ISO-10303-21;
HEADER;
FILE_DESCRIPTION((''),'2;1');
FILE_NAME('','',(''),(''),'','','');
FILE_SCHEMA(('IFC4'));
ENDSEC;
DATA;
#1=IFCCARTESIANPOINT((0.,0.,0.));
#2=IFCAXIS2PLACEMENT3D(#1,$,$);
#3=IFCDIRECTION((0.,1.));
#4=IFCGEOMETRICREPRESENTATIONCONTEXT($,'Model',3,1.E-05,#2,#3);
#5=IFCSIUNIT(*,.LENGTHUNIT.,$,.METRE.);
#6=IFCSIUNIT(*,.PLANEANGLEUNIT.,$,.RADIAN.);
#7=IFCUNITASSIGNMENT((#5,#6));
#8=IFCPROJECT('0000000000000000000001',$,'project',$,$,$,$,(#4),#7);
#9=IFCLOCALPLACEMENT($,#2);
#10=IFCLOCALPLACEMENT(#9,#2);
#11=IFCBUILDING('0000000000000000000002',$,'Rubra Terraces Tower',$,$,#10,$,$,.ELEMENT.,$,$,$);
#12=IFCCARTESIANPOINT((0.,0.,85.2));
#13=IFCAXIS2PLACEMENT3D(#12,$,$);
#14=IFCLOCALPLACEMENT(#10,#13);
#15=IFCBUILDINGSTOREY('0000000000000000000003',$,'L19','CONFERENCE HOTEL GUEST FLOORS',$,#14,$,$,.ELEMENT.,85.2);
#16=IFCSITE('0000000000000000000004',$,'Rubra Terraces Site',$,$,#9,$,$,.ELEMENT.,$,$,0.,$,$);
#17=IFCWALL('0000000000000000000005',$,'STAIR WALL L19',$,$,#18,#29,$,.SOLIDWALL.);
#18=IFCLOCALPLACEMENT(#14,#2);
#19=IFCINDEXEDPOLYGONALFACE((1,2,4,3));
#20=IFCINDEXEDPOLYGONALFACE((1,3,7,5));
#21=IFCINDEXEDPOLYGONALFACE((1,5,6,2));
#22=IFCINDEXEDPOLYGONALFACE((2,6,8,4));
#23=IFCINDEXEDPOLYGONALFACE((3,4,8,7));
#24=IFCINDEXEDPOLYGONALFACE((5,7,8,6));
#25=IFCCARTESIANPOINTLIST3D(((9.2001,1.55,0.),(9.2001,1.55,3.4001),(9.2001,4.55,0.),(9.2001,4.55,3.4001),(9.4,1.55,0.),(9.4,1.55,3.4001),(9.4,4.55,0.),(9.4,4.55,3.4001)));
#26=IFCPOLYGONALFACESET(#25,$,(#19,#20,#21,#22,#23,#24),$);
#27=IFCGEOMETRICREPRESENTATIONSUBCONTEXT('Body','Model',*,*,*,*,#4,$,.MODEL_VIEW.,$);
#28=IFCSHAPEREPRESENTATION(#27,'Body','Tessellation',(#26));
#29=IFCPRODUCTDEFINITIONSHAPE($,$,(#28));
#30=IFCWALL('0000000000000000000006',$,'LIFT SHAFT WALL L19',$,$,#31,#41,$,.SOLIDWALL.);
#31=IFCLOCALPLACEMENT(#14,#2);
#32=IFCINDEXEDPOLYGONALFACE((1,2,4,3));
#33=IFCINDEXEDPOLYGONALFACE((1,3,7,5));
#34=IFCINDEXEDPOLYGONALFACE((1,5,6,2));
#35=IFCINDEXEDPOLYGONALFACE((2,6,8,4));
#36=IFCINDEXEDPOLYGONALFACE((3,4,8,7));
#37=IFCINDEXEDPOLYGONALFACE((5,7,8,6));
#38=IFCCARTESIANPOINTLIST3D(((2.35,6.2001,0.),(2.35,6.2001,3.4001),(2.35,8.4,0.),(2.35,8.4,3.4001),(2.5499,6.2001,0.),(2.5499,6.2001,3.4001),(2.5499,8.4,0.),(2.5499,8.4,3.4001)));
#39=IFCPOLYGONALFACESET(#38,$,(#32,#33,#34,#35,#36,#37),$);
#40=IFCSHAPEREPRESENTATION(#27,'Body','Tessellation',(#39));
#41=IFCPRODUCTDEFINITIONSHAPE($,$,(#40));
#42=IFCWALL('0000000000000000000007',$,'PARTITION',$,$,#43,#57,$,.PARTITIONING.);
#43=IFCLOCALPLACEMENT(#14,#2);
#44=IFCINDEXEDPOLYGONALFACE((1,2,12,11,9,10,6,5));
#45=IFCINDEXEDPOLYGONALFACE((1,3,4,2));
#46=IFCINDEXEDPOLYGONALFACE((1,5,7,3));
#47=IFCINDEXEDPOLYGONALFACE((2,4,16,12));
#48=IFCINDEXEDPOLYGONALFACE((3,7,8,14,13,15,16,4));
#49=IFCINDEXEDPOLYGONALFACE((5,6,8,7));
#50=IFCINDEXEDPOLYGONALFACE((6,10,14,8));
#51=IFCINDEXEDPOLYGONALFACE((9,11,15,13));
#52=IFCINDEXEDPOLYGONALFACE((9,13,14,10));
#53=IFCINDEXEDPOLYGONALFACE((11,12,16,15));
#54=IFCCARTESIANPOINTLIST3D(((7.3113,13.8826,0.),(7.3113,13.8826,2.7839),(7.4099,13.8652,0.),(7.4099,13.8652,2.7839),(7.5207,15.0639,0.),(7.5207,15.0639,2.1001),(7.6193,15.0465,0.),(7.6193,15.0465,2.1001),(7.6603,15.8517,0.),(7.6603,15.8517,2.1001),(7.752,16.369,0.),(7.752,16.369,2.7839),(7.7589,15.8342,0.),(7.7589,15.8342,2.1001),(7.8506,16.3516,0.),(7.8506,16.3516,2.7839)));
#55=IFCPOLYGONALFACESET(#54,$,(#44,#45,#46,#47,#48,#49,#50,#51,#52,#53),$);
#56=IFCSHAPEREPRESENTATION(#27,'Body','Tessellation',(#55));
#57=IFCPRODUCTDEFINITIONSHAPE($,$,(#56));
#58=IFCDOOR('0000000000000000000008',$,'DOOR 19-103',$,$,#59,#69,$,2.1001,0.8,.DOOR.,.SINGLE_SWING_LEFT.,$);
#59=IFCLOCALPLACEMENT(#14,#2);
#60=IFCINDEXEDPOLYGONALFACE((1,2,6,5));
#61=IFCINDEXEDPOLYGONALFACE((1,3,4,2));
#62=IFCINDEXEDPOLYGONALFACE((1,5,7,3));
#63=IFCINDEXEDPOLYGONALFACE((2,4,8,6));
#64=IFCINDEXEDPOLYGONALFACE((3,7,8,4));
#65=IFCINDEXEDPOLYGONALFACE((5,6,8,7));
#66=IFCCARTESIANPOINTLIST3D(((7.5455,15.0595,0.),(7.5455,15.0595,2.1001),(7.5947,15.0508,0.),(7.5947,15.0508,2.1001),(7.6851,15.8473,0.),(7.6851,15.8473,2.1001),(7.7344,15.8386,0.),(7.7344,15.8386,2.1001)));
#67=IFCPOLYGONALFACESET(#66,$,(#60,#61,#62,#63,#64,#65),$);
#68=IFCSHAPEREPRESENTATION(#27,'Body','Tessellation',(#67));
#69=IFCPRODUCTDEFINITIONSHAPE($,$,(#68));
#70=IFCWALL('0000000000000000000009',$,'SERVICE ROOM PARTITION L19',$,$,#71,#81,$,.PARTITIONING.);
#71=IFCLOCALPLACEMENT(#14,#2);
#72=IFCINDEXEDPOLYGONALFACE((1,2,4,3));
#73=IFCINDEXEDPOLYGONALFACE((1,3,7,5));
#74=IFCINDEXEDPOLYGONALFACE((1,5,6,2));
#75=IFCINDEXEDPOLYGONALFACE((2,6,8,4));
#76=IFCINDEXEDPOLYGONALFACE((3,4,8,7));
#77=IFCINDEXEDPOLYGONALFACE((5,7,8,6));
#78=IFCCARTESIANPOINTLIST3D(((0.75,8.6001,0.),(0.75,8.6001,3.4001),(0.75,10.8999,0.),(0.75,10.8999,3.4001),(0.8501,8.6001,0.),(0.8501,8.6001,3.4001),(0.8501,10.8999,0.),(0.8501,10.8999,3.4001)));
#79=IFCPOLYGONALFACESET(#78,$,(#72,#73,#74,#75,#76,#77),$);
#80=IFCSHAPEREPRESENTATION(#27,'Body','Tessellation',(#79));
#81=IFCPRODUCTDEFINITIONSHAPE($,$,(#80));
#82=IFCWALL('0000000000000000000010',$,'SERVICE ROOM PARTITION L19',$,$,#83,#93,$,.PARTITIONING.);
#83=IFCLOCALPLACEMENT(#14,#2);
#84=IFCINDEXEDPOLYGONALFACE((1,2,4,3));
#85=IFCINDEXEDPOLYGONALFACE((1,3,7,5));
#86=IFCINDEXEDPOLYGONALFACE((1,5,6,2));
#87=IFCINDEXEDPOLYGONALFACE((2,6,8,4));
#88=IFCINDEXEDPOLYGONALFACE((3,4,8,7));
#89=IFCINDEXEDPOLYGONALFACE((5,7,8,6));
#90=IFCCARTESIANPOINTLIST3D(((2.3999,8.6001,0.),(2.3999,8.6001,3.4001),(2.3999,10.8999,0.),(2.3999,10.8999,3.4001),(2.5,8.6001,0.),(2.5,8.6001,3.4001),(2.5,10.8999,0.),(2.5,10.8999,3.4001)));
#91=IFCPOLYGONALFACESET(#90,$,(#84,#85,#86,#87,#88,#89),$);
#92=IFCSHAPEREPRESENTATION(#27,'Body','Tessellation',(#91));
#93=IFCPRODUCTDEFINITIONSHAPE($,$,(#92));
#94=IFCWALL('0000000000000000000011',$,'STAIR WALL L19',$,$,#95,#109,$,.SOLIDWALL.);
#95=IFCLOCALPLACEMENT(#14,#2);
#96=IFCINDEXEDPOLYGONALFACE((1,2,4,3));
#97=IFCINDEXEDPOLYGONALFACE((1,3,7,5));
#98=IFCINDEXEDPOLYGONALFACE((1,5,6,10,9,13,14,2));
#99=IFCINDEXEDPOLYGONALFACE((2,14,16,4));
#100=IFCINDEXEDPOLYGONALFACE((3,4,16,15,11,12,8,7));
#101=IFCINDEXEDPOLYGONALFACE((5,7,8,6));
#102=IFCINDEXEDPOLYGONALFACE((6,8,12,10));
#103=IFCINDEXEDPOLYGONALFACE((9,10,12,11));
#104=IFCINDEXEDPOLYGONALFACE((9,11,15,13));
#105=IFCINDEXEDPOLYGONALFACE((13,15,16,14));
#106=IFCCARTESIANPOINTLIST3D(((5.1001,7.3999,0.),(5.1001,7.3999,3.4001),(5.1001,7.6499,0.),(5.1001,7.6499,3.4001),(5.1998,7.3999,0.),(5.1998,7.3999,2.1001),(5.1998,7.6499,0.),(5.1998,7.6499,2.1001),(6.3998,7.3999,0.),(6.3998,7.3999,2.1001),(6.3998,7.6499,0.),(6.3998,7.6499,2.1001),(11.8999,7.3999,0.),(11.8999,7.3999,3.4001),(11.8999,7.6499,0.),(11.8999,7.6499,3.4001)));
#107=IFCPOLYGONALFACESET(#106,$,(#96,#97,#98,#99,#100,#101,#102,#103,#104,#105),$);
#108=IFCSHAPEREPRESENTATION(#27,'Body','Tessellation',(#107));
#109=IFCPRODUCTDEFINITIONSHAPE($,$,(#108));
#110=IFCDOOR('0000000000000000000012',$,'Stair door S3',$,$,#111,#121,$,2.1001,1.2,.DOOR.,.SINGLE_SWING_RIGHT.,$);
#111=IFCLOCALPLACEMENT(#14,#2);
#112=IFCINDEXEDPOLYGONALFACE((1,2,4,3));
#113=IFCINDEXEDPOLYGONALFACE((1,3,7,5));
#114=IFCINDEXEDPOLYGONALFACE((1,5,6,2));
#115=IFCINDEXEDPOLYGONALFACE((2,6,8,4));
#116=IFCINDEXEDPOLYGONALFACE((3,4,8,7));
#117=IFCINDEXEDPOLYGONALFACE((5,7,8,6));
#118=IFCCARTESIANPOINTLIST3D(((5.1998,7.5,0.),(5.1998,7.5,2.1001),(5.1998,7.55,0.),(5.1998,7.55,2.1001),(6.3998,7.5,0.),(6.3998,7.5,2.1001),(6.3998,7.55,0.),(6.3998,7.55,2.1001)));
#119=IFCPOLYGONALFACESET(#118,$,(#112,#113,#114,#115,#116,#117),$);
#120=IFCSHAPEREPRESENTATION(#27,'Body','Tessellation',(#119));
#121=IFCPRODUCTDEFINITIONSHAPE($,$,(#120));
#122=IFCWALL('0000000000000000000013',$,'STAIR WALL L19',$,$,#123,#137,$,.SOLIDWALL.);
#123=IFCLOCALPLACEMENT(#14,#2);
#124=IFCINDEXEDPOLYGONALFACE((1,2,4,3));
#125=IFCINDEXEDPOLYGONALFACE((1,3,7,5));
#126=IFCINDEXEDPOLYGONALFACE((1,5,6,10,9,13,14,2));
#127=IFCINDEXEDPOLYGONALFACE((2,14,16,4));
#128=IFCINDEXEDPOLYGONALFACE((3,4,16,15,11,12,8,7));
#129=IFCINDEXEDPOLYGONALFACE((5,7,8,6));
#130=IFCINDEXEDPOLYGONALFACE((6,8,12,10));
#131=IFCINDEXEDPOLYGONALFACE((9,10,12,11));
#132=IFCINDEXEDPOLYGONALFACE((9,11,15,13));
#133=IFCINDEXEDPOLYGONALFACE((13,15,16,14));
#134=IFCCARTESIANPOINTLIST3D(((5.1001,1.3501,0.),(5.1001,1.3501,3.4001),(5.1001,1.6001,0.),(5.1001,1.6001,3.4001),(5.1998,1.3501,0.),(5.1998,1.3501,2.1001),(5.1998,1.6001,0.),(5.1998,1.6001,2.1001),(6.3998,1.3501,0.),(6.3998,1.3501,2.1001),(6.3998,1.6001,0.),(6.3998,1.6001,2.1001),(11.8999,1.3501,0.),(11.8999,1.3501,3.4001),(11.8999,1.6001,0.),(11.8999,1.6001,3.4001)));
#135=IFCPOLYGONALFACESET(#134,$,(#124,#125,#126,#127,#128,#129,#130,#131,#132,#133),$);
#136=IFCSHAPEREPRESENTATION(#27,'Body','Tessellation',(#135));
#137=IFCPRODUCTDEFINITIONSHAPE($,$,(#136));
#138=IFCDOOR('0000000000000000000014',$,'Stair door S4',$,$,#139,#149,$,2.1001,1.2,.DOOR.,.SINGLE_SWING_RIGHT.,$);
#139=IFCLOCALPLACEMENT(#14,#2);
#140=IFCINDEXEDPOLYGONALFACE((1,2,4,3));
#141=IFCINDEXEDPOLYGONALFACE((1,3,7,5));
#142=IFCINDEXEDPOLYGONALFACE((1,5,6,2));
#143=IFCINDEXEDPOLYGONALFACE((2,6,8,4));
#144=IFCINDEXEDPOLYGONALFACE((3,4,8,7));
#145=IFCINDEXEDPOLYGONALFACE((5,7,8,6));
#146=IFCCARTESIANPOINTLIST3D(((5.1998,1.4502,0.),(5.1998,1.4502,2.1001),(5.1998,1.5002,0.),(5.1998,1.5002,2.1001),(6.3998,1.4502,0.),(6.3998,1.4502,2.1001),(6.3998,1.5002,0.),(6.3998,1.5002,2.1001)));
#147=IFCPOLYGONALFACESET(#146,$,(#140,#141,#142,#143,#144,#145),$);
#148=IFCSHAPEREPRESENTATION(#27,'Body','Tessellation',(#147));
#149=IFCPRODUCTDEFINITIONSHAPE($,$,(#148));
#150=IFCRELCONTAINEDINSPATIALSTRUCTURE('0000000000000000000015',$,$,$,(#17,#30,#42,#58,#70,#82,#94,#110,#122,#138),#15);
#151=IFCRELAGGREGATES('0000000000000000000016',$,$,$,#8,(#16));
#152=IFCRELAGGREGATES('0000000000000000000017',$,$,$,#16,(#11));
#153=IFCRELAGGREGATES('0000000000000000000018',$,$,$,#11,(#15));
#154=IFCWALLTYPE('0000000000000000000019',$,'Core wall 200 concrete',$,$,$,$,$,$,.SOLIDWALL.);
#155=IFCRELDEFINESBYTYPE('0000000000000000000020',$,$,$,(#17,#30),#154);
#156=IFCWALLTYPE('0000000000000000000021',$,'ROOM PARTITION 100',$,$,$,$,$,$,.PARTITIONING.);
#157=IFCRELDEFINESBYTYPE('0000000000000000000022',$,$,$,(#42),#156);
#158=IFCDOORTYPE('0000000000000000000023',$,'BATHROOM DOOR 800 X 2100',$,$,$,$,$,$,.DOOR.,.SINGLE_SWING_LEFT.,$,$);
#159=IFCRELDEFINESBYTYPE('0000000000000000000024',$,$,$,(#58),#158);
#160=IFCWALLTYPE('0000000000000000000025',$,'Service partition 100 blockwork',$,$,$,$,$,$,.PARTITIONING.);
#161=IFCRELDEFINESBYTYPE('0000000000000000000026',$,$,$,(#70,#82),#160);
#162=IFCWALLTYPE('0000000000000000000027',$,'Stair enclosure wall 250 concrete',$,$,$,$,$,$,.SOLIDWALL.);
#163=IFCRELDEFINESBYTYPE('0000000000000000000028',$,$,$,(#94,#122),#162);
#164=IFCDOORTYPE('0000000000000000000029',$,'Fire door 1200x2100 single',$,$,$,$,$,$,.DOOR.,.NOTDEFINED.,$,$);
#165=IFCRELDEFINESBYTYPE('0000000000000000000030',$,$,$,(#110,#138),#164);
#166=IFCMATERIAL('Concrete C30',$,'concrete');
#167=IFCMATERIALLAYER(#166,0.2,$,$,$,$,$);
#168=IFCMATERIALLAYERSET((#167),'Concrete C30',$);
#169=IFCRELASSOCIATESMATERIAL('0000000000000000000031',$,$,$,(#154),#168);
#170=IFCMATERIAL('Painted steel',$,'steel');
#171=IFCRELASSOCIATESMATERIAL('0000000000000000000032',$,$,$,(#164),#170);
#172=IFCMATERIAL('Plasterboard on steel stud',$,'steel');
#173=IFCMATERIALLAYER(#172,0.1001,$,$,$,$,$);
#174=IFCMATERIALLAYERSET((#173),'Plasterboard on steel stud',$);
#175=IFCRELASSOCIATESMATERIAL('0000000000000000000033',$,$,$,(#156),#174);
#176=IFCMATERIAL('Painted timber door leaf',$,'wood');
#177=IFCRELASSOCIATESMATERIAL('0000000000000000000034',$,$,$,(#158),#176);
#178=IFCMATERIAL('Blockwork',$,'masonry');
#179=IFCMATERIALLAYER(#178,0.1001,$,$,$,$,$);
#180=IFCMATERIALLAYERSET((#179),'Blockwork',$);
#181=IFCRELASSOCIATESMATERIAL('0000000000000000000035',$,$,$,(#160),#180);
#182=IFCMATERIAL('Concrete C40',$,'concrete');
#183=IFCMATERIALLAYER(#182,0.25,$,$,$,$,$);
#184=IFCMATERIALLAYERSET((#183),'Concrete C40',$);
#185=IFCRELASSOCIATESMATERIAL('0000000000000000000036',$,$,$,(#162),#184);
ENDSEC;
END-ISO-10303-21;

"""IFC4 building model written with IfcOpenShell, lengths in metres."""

from ifc_helpers import new_model, si_unit, direction, frame, frame_2d, origin, place, context, subcontext, project, spatial, rectangle, extrude, material, layer, layer_set, type_object, element, fill, save


model = new_model("IFC4")

# Units and contexts
model_context = context("Model", 3, precision=1e-05, world=origin(), true_north=direction((0.0, 1.0)))
body_context = subcontext(model_context, "Body", "Model", "MODEL_VIEW")
ifc_project = project(units=[si_unit("LENGTHUNIT", "METRE"), si_unit("PLANEANGLEUNIT", "RADIAN")], contexts=[model_context])

# Site, building, storey
site_placement = place(None, origin())
site = spatial("IfcSite", under=ifc_project, at=site_placement, Name="Rubra Terraces Site", CompositionType="ELEMENT", RefElevation=0.0)
building_placement = place(site_placement, origin())
building = spatial("IfcBuilding", under=site, at=building_placement, Name="Rubra Terraces Tower", CompositionType="ELEMENT")
storey_placement = place(building_placement, frame((0.0, 0.0, 85.2)))
storey = spatial("IfcBuildingStorey", under=building, at=storey_placement, Name="L19", Description="CONFERENCE HOTEL GUEST FLOORS", CompositionType="ELEMENT", Elevation=85.2)

# Shared definitions
ifc_material_1 = material(Name="Painted timber door leaf", Category="wood")

# Shared definitions
ifc_material_2 = material(Name="Concrete C40", Category="concrete")

# Shared definitions
ifc_material_3 = material(Name="Concrete C30", Category="concrete")
ifc_layer_1 = layer(ifc_material_3, 0.2)
ifc_layer_set_1 = layer_set([ifc_layer_1], Name="Concrete C30")
wall_type_1 = type_object("IfcWallType", Name="Core wall 200 concrete", PredefinedType="SOLIDWALL", material=ifc_layer_set_1)
ifc_material_4 = material(Name="Painted steel", Category="steel")
door_type_1 = type_object("IfcDoorType", Name="Fire door 1200x2100 single", OperationType="NOTDEFINED", PredefinedType="DOOR", material=ifc_material_4)

# Walls
wall_1_placement = place(storey_placement, frame((9.3, 4.55, 0.0), z_axis=(0.0, 0.0, 1.0), x_axis=(0.0, -1.0, 0.0)))
element("IfcWall", 1, at=wall_1_placement, inside=storey, type_object=wall_type_1, Name="STAIR WALL L19", PredefinedType="SOLIDWALL", context=body_context, shape_type="SweptSolid", body=[
    extrude(rectangle(XDim=3.0, YDim=0.2, at=frame_2d((1.5, 0.0))), origin(), (0.0, 0.0, 1.0), 3.4001),
])
wall_2_placement = place(storey_placement, frame((2.45, 6.2, 0.0), z_axis=(0.0, 0.0, 1.0), x_axis=(0.0, 1.0, 0.0)))
element("IfcWall", 2, at=wall_2_placement, inside=storey, type_object=wall_type_1, Name="LIFT SHAFT WALL L19", PredefinedType="SOLIDWALL", context=body_context, shape_type="SweptSolid", body=[
    extrude(rectangle(XDim=2.2, YDim=0.2, at=frame_2d((1.1001, 0.0))), origin(), (0.0, 0.0, 1.0), 3.4001),
])

# Wall, opening, door
ifc_material_5 = material(Name="Plasterboard on steel stud", Category="steel")
ifc_layer_2 = layer(ifc_material_5, 0.1001)
ifc_layer_set_2 = layer_set([ifc_layer_2], Name="Plasterboard on steel stud")
wall_type_2 = type_object("IfcWallType", Name="ROOM PARTITION 100", PredefinedType="PARTITIONING", material=ifc_layer_set_2)
wall_3_placement = place(storey_placement, frame((7.3606, 13.8738, 0.0), z_axis=(0.0, 0.0, 1.0), x_axis=(0.174519, 0.984654, 0.0)))
wall_3 = element("IfcWall", 3, at=wall_3_placement, inside=storey, type_object=wall_type_2, Name="PARTITION", PredefinedType="PARTITIONING", context=body_context, shape_type="SweptSolid", body=[
    extrude(rectangle(XDim=2.5251, YDim=0.1001, at=frame_2d((1.2627, 0.0))), origin(), (0.0, 0.0, 1.0), 2.7839),
])
opening_1_placement = place(wall_3_placement, frame((1.2, 0.0, 0.0)))
opening_1 = element("IfcOpeningElement", 4, at=opening_1_placement, cuts=wall_3, PredefinedType="OPENING", context=body_context, shape_type="SweptSolid", body=[
    extrude(rectangle(XDim=0.8, YDim=2.1001, at=frame_2d((0.3999, 1.05))), frame((0.0, 0.0601, 0.0), z_axis=(0.0, -1.0, 0.0), x_axis=(1.0, 0.0, 0.0)), (0.0, 0.0, 1.0), 0.1201),
])
door_type_2 = type_object("IfcDoorType", Name="BATHROOM DOOR 800 X 2100", OperationType="SINGLE_SWING_LEFT", PredefinedType="DOOR", material=ifc_material_1)
door_1_placement = place(opening_1_placement, origin())
door_1 = element("IfcDoor", 5, at=door_1_placement, inside=storey, type_object=door_type_2, Name="DOOR 19-103", OperationType="SINGLE_SWING_LEFT", OverallHeight=2.1001, OverallWidth=0.8, PredefinedType="DOOR", context=body_context, shape_type="SweptSolid", body=[
    extrude(rectangle(XDim=0.8, YDim=2.1001, at=frame_2d((0.3999, 1.05))), frame((0.0, 0.0249, 0.0), z_axis=(0.0, -1.0, 0.0), x_axis=(1.0, 0.0, 0.0)), (0.0, 0.0, 1.0), 0.05),
])
fill(opening_1, door_1)

# Walls
ifc_material_6 = material(Name="Blockwork", Category="masonry")
ifc_layer_3 = layer(ifc_material_6, 0.1001)
ifc_layer_set_3 = layer_set([ifc_layer_3], Name="Blockwork")
wall_type_3 = type_object("IfcWallType", Name="Service partition 100 blockwork", PredefinedType="PARTITIONING", material=ifc_layer_set_3)
for number, where, z_axis, x_axis, name in (
    (6, (0.8, 8.6001, 0.0), (0.0, 0.0, 1.0), (0.0, 1.0, 0.0), "SERVICE ROOM PARTITION L19"),
    (7, (2.45, 8.6001, 0.0), (0.0, 0.0, 1.0), (0.0, 1.0, 0.0), "SERVICE ROOM PARTITION L19"),
):
    element("IfcWall", number, at=place(storey_placement, frame(where, z_axis=z_axis, x_axis=x_axis)), inside=storey, type_object=wall_type_3, Name=name, PredefinedType="PARTITIONING", context=body_context, shape_type="SweptSolid", body=[
        extrude(rectangle(XDim=2.2998, YDim=0.1001, at=frame_2d((1.1499, 0.0))), origin(), (0.0, 0.0, 1.0), 3.4001),
    ])

# Walls, openings, doors
ifc_layer_4 = layer(ifc_material_2, 0.25)
ifc_layer_set_4 = layer_set([ifc_layer_4], Name="Concrete C40")
wall_type_4 = type_object("IfcWallType", Name="Stair enclosure wall 250 concrete", PredefinedType="SOLIDWALL", material=ifc_layer_set_4)
wall_4_placement = place(storey_placement, frame((11.8999, 7.5249, 0.0), z_axis=(0.0, 0.0, 1.0), x_axis=(-1.0, 0.0, 0.0)))
wall_4 = element("IfcWall", 8, at=wall_4_placement, inside=storey, type_object=wall_type_4, Name="STAIR WALL L19", PredefinedType="SOLIDWALL", context=body_context, shape_type="SweptSolid", body=[
    extrude(rectangle(XDim=6.7998, YDim=0.25, at=frame_2d((3.3999, 0.0))), origin(), (0.0, 0.0, 1.0), 3.4001),
])
opening_2_placement = place(wall_4_placement, frame((5.5, 0.0, 0.0)))
opening_2 = element("IfcOpeningElement", 9, at=opening_2_placement, cuts=wall_4, PredefinedType="OPENING", context=body_context, shape_type="SweptSolid", body=[
    extrude(rectangle(XDim=1.2, YDim=2.1001, at=frame_2d((0.6001, 1.05))), frame((0.0, 0.135, 0.0), z_axis=(0.0, -1.0, 0.0), x_axis=(1.0, 0.0, 0.0)), (0.0, 0.0, 1.0), 0.27),
])
door_2_placement = place(opening_2_placement, origin())
door_2 = element("IfcDoor", 10, at=door_2_placement, inside=storey, type_object=door_type_1, Name="Stair door S3", OperationType="SINGLE_SWING_RIGHT", OverallHeight=2.1001, OverallWidth=1.2, PredefinedType="DOOR", context=body_context, shape_type="SweptSolid", body=[
    extrude(rectangle(XDim=1.2, YDim=2.1001, at=frame_2d((0.6001, 1.05))), frame((0.0, 0.0249, 0.0), z_axis=(0.0, -1.0, 0.0), x_axis=(1.0, 0.0, 0.0)), (0.0, 0.0, 1.0), 0.05),
])
fill(opening_2, door_2)
wall_5_placement = place(storey_placement, frame((11.8999, 1.4751, 0.0), z_axis=(0.0, 0.0, 1.0), x_axis=(-1.0, 0.0, 0.0)))
wall_5 = element("IfcWall", 11, at=wall_5_placement, inside=storey, type_object=wall_type_4, Name="STAIR WALL L19", PredefinedType="SOLIDWALL", context=body_context, shape_type="SweptSolid", body=[
    extrude(rectangle(XDim=6.7998, YDim=0.25, at=frame_2d((3.3999, 0.0))), origin(), (0.0, 0.0, 1.0), 3.4001),
])
opening_3_placement = place(wall_5_placement, frame((5.5, 0.0, 0.0)))
opening_3 = element("IfcOpeningElement", 12, at=opening_3_placement, cuts=wall_5, PredefinedType="OPENING", context=body_context, shape_type="SweptSolid", body=[
    extrude(rectangle(XDim=1.2, YDim=2.1001, at=frame_2d((0.6001, 1.05))), frame((0.0, 0.135, 0.0), z_axis=(0.0, -1.0, 0.0), x_axis=(1.0, 0.0, 0.0)), (0.0, 0.0, 1.0), 0.27),
])
door_3_placement = place(opening_3_placement, origin())
door_3 = element("IfcDoor", 13, at=door_3_placement, inside=storey, type_object=door_type_1, Name="Stair door S4", OperationType="SINGLE_SWING_RIGHT", OverallHeight=2.1001, OverallWidth=1.2, PredefinedType="DOOR", context=body_context, shape_type="SweptSolid", body=[
    extrude(rectangle(XDim=1.2, YDim=2.1001, at=frame_2d((0.6001, 1.05))), frame((0.0, 0.0249, 0.0), z_axis=(0.0, -1.0, 0.0), x_axis=(1.0, 0.0, 0.0)), (0.0, 0.0, 1.0), 0.05),
])
fill(opening_3, door_3)

save(model, "model.ifc")
